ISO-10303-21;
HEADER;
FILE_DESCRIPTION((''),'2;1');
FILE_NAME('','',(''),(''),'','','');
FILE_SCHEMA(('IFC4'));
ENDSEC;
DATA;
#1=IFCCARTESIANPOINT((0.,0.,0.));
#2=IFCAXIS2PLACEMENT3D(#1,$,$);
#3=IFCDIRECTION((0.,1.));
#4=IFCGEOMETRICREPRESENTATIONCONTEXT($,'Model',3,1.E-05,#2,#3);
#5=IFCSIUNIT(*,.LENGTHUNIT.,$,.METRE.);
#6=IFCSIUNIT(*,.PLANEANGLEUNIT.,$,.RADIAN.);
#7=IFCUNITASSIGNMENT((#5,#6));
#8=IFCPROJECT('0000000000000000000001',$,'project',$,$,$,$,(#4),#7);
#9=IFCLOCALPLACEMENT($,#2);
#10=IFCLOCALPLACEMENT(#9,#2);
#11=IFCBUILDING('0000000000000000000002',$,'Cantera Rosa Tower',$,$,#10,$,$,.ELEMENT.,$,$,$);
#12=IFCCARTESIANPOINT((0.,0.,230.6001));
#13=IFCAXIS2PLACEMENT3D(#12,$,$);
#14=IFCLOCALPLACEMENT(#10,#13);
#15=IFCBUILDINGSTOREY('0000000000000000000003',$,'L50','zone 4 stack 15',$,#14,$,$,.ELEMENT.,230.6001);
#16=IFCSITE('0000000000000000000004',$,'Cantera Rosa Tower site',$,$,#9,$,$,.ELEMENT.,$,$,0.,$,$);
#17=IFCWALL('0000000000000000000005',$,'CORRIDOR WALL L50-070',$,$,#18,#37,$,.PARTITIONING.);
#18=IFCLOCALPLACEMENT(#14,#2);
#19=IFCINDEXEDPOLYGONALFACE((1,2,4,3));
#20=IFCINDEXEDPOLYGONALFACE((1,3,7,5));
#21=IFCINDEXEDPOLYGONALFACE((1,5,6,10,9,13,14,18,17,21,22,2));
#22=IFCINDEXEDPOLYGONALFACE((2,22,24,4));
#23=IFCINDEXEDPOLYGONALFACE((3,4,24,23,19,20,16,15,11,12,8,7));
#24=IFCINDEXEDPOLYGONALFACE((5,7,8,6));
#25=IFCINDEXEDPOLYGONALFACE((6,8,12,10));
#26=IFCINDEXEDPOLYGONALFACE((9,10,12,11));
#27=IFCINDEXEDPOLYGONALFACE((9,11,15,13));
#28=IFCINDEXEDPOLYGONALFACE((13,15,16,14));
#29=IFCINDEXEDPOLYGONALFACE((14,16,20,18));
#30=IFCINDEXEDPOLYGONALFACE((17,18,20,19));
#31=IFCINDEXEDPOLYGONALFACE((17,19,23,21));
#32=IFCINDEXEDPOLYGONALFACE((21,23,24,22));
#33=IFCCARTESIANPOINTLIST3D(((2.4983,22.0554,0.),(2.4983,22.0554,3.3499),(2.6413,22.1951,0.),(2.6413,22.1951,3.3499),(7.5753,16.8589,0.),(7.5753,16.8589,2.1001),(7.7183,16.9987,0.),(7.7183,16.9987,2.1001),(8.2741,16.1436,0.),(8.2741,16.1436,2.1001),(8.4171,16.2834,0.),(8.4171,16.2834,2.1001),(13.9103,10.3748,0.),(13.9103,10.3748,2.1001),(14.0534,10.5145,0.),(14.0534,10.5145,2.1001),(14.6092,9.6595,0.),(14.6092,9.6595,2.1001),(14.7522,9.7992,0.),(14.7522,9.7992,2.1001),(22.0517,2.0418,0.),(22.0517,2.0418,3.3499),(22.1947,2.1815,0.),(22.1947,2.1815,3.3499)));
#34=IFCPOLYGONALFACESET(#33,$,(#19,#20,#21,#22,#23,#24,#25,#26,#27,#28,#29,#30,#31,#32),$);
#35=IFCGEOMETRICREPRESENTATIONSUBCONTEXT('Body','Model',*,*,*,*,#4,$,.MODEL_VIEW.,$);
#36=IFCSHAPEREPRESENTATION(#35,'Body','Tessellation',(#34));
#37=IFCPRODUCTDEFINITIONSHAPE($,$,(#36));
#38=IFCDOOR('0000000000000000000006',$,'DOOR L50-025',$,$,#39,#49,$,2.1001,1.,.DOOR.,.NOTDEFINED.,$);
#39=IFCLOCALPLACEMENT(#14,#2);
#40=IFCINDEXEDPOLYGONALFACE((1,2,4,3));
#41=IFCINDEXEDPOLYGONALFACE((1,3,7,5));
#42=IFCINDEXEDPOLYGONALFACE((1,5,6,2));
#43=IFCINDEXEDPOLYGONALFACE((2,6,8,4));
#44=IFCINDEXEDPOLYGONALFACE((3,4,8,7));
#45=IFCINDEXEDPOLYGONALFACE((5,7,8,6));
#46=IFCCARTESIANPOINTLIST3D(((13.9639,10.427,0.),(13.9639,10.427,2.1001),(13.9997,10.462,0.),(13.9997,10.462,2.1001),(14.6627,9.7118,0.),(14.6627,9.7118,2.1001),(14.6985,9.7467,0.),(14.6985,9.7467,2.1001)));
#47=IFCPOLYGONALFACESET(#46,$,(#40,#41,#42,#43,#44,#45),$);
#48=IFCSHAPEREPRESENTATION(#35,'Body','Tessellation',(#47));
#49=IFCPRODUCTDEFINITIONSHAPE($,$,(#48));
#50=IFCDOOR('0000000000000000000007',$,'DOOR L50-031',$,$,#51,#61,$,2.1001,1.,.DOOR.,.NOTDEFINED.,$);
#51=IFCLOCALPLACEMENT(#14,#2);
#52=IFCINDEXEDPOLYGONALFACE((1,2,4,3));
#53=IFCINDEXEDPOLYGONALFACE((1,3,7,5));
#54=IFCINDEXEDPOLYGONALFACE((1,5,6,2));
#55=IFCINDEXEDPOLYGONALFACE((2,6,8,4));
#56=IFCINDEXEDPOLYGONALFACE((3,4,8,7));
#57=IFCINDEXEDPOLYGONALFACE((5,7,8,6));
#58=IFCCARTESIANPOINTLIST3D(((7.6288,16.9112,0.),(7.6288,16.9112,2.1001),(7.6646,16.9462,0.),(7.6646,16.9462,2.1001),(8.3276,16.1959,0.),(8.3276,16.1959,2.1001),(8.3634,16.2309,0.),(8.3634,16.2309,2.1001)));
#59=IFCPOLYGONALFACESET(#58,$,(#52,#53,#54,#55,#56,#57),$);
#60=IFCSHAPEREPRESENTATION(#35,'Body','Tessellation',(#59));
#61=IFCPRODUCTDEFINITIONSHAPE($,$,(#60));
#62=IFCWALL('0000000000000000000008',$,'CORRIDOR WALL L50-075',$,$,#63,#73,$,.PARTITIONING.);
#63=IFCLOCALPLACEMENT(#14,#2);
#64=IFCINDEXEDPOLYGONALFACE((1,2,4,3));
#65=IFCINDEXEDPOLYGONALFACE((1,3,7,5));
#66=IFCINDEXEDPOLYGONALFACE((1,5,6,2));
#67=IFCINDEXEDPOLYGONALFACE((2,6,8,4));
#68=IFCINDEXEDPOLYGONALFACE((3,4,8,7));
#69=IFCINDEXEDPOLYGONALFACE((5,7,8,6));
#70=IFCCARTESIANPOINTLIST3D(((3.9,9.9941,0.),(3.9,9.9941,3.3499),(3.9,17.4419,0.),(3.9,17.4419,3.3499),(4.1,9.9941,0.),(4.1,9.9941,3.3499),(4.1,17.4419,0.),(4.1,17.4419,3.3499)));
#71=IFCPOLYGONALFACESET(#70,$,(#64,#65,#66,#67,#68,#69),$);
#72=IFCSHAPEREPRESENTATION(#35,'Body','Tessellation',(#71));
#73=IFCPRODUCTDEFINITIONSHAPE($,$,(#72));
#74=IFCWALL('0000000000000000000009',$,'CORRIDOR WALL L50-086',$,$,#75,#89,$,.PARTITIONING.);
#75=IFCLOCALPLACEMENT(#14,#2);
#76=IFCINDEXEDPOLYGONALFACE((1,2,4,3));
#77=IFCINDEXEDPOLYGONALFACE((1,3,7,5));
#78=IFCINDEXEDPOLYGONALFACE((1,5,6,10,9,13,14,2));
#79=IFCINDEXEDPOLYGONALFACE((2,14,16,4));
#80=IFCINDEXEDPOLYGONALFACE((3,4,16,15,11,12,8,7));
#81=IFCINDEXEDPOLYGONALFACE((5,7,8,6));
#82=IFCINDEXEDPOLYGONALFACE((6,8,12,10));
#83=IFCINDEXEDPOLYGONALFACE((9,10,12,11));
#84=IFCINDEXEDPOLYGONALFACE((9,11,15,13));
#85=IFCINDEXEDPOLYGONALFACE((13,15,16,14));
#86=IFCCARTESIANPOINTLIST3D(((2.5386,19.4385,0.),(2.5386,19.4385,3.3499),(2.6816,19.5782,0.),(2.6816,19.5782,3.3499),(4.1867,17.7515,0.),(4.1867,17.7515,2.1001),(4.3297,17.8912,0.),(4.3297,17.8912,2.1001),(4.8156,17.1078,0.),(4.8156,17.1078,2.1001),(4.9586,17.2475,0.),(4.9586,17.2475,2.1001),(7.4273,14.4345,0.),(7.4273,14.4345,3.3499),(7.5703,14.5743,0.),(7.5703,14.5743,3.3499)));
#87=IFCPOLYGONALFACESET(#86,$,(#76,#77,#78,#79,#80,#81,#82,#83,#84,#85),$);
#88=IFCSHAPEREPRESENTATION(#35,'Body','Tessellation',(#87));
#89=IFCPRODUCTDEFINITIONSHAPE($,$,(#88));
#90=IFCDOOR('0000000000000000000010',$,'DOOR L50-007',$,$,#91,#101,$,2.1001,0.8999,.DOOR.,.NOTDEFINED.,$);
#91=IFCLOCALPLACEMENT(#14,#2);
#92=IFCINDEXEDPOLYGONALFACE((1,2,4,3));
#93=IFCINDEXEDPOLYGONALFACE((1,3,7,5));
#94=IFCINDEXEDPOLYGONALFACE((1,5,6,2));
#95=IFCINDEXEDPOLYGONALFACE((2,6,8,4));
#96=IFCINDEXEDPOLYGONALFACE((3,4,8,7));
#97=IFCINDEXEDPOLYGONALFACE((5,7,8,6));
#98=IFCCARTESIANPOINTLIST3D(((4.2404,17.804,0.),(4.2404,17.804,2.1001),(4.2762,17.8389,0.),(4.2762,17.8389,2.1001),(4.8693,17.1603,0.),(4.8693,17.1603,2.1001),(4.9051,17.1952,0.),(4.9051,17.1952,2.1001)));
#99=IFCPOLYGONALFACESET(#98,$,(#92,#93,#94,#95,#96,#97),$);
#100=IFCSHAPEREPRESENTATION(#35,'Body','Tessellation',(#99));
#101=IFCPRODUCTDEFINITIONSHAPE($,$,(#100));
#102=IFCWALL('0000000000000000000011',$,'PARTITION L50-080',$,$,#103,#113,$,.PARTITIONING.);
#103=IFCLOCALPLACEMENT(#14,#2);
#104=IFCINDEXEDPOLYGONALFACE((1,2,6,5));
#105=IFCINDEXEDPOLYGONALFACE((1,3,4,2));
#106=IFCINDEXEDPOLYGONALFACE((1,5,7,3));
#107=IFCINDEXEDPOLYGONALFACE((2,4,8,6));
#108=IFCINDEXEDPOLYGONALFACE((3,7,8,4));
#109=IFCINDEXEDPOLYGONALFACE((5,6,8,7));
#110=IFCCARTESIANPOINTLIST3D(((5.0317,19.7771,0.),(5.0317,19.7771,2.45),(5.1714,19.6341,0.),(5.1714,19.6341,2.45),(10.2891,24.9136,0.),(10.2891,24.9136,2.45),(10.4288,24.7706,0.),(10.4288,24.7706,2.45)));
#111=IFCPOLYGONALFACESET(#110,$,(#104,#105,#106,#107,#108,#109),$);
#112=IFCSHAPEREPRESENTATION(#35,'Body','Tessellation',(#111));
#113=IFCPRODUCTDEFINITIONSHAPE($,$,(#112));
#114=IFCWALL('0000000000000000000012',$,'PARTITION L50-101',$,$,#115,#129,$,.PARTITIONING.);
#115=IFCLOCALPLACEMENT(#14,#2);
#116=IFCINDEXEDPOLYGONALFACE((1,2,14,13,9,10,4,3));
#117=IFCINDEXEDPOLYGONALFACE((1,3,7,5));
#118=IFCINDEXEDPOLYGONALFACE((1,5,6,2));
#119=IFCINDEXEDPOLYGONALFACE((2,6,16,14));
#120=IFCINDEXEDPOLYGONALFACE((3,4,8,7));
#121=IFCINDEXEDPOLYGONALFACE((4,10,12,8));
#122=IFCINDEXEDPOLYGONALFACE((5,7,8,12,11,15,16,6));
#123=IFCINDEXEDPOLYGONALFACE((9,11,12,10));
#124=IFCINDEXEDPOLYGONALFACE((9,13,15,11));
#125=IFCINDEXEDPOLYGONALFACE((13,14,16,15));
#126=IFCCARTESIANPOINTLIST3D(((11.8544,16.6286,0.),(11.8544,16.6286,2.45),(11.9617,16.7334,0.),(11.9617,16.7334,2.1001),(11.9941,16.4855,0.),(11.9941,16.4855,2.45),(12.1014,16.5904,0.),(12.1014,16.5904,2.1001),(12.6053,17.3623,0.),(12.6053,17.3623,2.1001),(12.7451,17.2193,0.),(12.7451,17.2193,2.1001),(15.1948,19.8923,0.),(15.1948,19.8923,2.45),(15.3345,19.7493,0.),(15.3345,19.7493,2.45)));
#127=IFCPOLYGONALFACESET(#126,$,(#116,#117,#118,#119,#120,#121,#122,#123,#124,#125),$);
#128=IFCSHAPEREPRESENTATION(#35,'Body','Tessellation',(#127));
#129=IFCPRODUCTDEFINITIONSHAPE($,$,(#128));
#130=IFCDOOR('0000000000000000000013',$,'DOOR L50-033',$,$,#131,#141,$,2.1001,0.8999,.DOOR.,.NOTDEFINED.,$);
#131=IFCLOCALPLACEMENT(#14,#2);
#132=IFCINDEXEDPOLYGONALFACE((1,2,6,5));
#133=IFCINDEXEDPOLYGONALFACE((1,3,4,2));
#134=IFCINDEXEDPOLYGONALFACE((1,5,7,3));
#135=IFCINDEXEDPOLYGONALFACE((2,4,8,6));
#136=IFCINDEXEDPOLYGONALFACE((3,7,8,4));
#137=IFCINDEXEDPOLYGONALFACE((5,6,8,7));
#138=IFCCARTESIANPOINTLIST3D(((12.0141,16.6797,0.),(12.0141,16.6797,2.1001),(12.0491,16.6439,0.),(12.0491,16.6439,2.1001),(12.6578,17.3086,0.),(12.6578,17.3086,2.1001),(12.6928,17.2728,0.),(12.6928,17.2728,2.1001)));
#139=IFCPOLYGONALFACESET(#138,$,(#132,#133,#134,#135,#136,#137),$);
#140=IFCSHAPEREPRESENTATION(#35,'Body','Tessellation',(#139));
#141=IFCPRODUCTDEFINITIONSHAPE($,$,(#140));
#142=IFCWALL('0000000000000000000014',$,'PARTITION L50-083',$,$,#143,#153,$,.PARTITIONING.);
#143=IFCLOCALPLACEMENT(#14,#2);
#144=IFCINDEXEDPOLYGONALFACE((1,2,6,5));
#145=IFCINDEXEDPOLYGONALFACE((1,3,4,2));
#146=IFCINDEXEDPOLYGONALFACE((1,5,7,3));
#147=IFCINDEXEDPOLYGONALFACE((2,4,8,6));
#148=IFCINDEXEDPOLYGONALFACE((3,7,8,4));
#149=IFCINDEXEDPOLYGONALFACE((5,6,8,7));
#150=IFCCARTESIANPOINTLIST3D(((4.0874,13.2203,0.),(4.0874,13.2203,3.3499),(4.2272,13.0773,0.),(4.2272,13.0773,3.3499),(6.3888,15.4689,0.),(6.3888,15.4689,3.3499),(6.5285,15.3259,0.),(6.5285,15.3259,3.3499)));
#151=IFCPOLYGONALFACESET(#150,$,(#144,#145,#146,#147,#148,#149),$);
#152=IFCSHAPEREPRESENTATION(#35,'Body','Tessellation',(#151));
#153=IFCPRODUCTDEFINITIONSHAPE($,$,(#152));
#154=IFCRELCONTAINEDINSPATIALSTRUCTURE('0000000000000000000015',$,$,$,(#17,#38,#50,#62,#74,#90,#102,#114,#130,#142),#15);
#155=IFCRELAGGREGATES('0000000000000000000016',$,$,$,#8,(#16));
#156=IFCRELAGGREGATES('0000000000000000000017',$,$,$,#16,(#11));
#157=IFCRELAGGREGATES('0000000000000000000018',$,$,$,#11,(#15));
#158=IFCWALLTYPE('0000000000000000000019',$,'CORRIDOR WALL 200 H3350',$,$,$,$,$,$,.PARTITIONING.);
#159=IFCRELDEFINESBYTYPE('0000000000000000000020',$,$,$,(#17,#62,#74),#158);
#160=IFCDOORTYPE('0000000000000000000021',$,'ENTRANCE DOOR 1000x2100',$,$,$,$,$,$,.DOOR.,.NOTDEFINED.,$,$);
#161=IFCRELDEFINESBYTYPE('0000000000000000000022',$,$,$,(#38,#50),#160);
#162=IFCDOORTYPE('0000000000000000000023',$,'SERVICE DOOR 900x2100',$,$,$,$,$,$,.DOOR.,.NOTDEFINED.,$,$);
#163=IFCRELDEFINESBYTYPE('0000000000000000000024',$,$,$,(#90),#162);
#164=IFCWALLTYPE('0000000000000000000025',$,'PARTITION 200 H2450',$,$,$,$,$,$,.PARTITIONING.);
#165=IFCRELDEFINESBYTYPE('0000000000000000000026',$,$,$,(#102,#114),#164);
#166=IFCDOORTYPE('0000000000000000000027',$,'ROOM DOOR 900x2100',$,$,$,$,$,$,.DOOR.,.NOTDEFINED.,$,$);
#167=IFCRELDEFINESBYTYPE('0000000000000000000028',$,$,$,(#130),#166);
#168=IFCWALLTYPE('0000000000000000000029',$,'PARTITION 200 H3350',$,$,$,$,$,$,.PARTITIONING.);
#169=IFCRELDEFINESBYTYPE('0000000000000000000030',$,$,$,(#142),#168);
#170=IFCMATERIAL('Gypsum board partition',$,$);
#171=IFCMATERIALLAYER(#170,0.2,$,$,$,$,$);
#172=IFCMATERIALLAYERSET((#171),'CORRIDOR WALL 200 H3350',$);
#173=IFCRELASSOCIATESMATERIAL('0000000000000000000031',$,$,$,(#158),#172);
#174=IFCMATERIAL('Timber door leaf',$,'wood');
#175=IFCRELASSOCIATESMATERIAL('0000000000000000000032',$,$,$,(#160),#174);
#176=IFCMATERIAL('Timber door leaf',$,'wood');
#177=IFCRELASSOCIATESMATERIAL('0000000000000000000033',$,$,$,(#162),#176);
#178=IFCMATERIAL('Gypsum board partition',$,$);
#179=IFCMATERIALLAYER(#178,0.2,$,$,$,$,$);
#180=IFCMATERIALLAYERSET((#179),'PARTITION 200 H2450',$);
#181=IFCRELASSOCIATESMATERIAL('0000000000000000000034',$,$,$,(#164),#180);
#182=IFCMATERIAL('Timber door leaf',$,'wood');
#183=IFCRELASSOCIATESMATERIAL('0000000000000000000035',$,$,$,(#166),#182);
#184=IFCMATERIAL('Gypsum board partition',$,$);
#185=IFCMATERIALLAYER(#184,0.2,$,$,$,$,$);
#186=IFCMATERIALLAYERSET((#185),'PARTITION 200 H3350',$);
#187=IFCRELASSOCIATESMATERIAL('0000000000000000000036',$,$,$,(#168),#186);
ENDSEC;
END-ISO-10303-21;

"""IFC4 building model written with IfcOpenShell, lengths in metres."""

from ifc_helpers import new_model, si_unit, direction, frame, frame_2d, origin, place, context, subcontext, project, spatial, rectangle, extrude, material, layer, layer_set, type_object, element, fill, save


model = new_model("IFC4")

# Units and contexts
model_context = context("Model", 3, precision=1e-05, world=origin(), true_north=direction((0.0, 1.0)))
body_context = subcontext(model_context, "Body", "Model", "MODEL_VIEW")
ifc_project = project(units=[si_unit("LENGTHUNIT", "METRE"), si_unit("PLANEANGLEUNIT", "RADIAN")], contexts=[model_context])

# Site, building, storey
site_placement = place(None, origin())
site = spatial("IfcSite", under=ifc_project, at=site_placement, Name="Cantera Rosa Tower site", CompositionType="ELEMENT", RefElevation=0.0)
building_placement = place(site_placement, origin())
building = spatial("IfcBuilding", under=site, at=building_placement, Name="Cantera Rosa Tower", CompositionType="ELEMENT")
storey_placement = place(building_placement, frame((0.0, 0.0, 230.6001)))
storey = spatial("IfcBuildingStorey", under=building, at=storey_placement, Name="L50", Description="zone 4 stack 15", CompositionType="ELEMENT", Elevation=230.6001)

# Shared definitions
ifc_material_1 = material(Name="Gypsum board partition")
ifc_layer_1 = layer(ifc_material_1, 0.2)
ifc_layer_set_1 = layer_set([ifc_layer_1], Name="CORRIDOR WALL 200 H3350")
wall_type_1 = type_object("IfcWallType", Name="CORRIDOR WALL 200 H3350", PredefinedType="PARTITIONING", material=ifc_layer_set_1)

# Shared definitions
ifc_material_2 = material(Name="Timber door leaf", Category="wood")
door_type_1 = type_object("IfcDoorType", Name="ENTRANCE DOOR 1000x2100", OperationType="NOTDEFINED", PredefinedType="DOOR", material=ifc_material_2)

# Wall, openings, doors
wall_1_placement = place(storey_placement, frame((2.5698, 22.1252, 0.0), z_axis=(0.0, 0.0, 1.0), x_axis=(0.698835, -0.715283, 0.0)))
wall_1 = element("IfcWall", 1, at=wall_1_placement, inside=storey, type_object=wall_type_1, Name="CORRIDOR WALL L50-070", PredefinedType="PARTITIONING", context=body_context, shape_type="SweptSolid", body=[
    extrude(rectangle(XDim=27.98, YDim=0.2, at=frame_2d((13.99, 0.0))), origin(), (0.0, 0.0, 1.0), 3.3499),
])
opening_1_placement = place(wall_1_placement, frame((16.3301, 0.0, 0.0)))
opening_1 = element("IfcOpeningElement", 2, at=opening_1_placement, cuts=wall_1, PredefinedType="OPENING", context=body_context, shape_type="SweptSolid", body=[
    extrude(rectangle(XDim=1.0, YDim=2.1001, at=frame_2d((0.5, 1.05))), frame((0.0, 0.1099, 0.0), z_axis=(0.0, -1.0, 0.0), x_axis=(1.0, 0.0, 0.0)), (0.0, 0.0, 1.0), 0.22),
])
opening_2_placement = place(wall_1_placement, frame((7.2649, 0.0, 0.0)))
opening_2 = element("IfcOpeningElement", 3, at=opening_2_placement, cuts=wall_1, PredefinedType="OPENING", context=body_context, shape_type="SweptSolid", body=[
    extrude(rectangle(XDim=1.0, YDim=2.1001, at=frame_2d((0.5, 1.05))), frame((0.0, 0.1099, 0.0), z_axis=(0.0, -1.0, 0.0), x_axis=(1.0, 0.0, 0.0)), (0.0, 0.0, 1.0), 0.22),
])
door_1_placement = place(opening_1_placement, origin())
door_1 = element("IfcDoor", 4, at=door_1_placement, inside=storey, type_object=door_type_1, Name="DOOR L50-025", OperationType="NOTDEFINED", OverallHeight=2.1001, OverallWidth=1.0, PredefinedType="DOOR", context=body_context, shape_type="SweptSolid", body=[
    extrude(rectangle(XDim=1.0, YDim=2.1001, at=frame_2d((0.5, 1.05))), frame((0.0, 0.0249, 0.0), z_axis=(0.0, -1.0, 0.0), x_axis=(1.0, 0.0, 0.0)), (0.0, 0.0, 1.0), 0.05),
])
fill(opening_1, door_1)
door_2_placement = place(opening_2_placement, origin())
door_2 = element("IfcDoor", 5, at=door_2_placement, inside=storey, type_object=door_type_1, Name="DOOR L50-031", OperationType="NOTDEFINED", OverallHeight=2.1001, OverallWidth=1.0, PredefinedType="DOOR", context=body_context, shape_type="SweptSolid", body=[
    extrude(rectangle(XDim=1.0, YDim=2.1001, at=frame_2d((0.5, 1.05))), frame((0.0, 0.0249, 0.0), z_axis=(0.0, -1.0, 0.0), x_axis=(1.0, 0.0, 0.0)), (0.0, 0.0, 1.0), 0.05),
])
fill(opening_2, door_2)

# Wall
wall_2_placement = place(storey_placement, frame((4.0, 17.4419, 0.0), z_axis=(0.0, 0.0, 1.0), x_axis=(0.0, -1.0, 0.0)))
element("IfcWall", 6, at=wall_2_placement, inside=storey, type_object=wall_type_1, Name="CORRIDOR WALL L50-075", PredefinedType="PARTITIONING", context=body_context, shape_type="SweptSolid", body=[
    extrude(rectangle(XDim=7.4478, YDim=0.2, at=frame_2d((3.7239, 0.0))), origin(), (0.0, 0.0, 1.0), 3.3499),
])

# Wall, opening, door
wall_3_placement = place(storey_placement, frame((7.4988, 14.5044, 0.0), z_axis=(0.0, 0.0, 1.0), x_axis=(-0.698823, 0.715295, 0.0)))
wall_3 = element("IfcWall", 7, at=wall_3_placement, inside=storey, type_object=wall_type_1, Name="CORRIDOR WALL L50-086", PredefinedType="PARTITIONING", context=body_context, shape_type="SweptSolid", body=[
    extrude(rectangle(XDim=6.9956, YDim=0.2, at=frame_2d((3.4978, 0.0))), origin(), (0.0, 0.0, 1.0), 3.3499),
])
opening_3_placement = place(wall_3_placement, frame((3.7373, 0.0, 0.0)))
opening_3 = element("IfcOpeningElement", 8, at=opening_3_placement, cuts=wall_3, PredefinedType="OPENING", context=body_context, shape_type="SweptSolid", body=[
    extrude(rectangle(XDim=0.8999, YDim=2.1001, at=frame_2d((0.45, 1.05))), frame((0.0, 0.1099, 0.0), z_axis=(0.0, -1.0, 0.0), x_axis=(1.0, 0.0, 0.0)), (0.0, 0.0, 1.0), 0.22),
])
ifc_material_3 = material(Name="Timber door leaf", Category="wood")
door_type_2 = type_object("IfcDoorType", Name="SERVICE DOOR 900x2100", OperationType="NOTDEFINED", PredefinedType="DOOR", material=ifc_material_3)
door_3_placement = place(opening_3_placement, origin())
door_3 = element("IfcDoor", 9, at=door_3_placement, inside=storey, type_object=door_type_2, Name="DOOR L50-007", OperationType="NOTDEFINED", OverallHeight=2.1001, OverallWidth=0.8999, PredefinedType="DOOR", context=body_context, shape_type="SweptSolid", body=[
    extrude(rectangle(XDim=0.8999, YDim=2.1001, at=frame_2d((0.45, 1.05))), frame((0.0, 0.0249, 0.0), z_axis=(0.0, -1.0, 0.0), x_axis=(1.0, 0.0, 0.0)), (0.0, 0.0, 1.0), 0.05),
])
fill(opening_3, door_3)

# Wall
ifc_material_4 = material(Name="Gypsum board partition")
ifc_layer_2 = layer(ifc_material_4, 0.2)
ifc_layer_set_2 = layer_set([ifc_layer_2], Name="PARTITION 200 H2450")
wall_type_2 = type_object("IfcWallType", Name="PARTITION 200 H2450", PredefinedType="PARTITIONING", material=ifc_layer_set_2)
wall_4_placement = place(storey_placement, frame((5.1016, 19.7056, 0.0), z_axis=(0.0, 0.0, 1.0), x_axis=(0.71528, 0.698838, 0.0)))
element("IfcWall", 10, at=wall_4_placement, inside=storey, type_object=wall_type_2, Name="PARTITION L50-080", PredefinedType="PARTITIONING", context=body_context, shape_type="SweptSolid", body=[
    extrude(rectangle(XDim=7.3501, YDim=0.2, at=frame_2d((3.675, 0.0))), origin(), (0.0, 0.0, 1.0), 2.45),
])

# Wall, opening, door
wall_5_placement = place(storey_placement, frame((11.9243, 16.5571, 0.0), z_axis=(0.0, 0.0, 1.0), x_axis=(0.715267, 0.698852, 0.0)))
wall_5 = element("IfcWall", 11, at=wall_5_placement, inside=storey, type_object=wall_type_2, Name="PARTITION L50-101", PredefinedType="PARTITIONING", context=body_context, shape_type="SweptSolid", body=[
    extrude(rectangle(XDim=4.6702, YDim=0.2, at=frame_2d((2.335, 0.0))), origin(), (0.0, 0.0, 1.0), 2.45),
])
opening_4_placement = place(wall_5_placement, frame((0.1499, 0.0, 0.0)))
opening_4 = element("IfcOpeningElement", 12, at=opening_4_placement, cuts=wall_5, PredefinedType="OPENING", context=body_context, shape_type="SweptSolid", body=[
    extrude(rectangle(XDim=0.8999, YDim=2.1001, at=frame_2d((0.45, 1.05))), frame((0.0, 0.1099, 0.0), z_axis=(0.0, -1.0, 0.0), x_axis=(1.0, 0.0, 0.0)), (0.0, 0.0, 1.0), 0.22),
])
ifc_material_5 = material(Name="Timber door leaf", Category="wood")
door_type_3 = type_object("IfcDoorType", Name="ROOM DOOR 900x2100", OperationType="NOTDEFINED", PredefinedType="DOOR", material=ifc_material_5)
door_4_placement = place(opening_4_placement, origin())
door_4 = element("IfcDoor", 13, at=door_4_placement, inside=storey, type_object=door_type_3, Name="DOOR L50-033", OperationType="NOTDEFINED", OverallHeight=2.1001, OverallWidth=0.8999, PredefinedType="DOOR", context=body_context, shape_type="SweptSolid", body=[
    extrude(rectangle(XDim=0.8999, YDim=2.1001, at=frame_2d((0.45, 1.05))), frame((0.0, 0.0249, 0.0), z_axis=(0.0, -1.0, 0.0), x_axis=(1.0, 0.0, 0.0)), (0.0, 0.0, 1.0), 0.05),
])
fill(opening_4, door_4)

# Wall
ifc_material_6 = material(Name="Gypsum board partition")
ifc_layer_3 = layer(ifc_material_6, 0.2)
ifc_layer_set_3 = layer_set([ifc_layer_3], Name="PARTITION 200 H3350")
wall_type_3 = type_object("IfcWallType", Name="PARTITION 200 H3350", PredefinedType="PARTITIONING", material=ifc_layer_set_3)
wall_6_placement = place(storey_placement, frame((6.4587, 15.3975, 0.0), z_axis=(0.0, 0.0, 1.0), x_axis=(-0.715254, -0.698864, 0.0)))
element("IfcWall", 14, at=wall_6_placement, inside=storey, type_object=wall_type_3, Name="PARTITION L50-083", PredefinedType="PARTITIONING", context=body_context, shape_type="SweptSolid", body=[
    extrude(rectangle(XDim=3.2175, YDim=0.2, at=frame_2d((1.6089, 0.0))), origin(), (0.0, 0.0, 1.0), 3.3499),
])

save(model, "model.ifc")
